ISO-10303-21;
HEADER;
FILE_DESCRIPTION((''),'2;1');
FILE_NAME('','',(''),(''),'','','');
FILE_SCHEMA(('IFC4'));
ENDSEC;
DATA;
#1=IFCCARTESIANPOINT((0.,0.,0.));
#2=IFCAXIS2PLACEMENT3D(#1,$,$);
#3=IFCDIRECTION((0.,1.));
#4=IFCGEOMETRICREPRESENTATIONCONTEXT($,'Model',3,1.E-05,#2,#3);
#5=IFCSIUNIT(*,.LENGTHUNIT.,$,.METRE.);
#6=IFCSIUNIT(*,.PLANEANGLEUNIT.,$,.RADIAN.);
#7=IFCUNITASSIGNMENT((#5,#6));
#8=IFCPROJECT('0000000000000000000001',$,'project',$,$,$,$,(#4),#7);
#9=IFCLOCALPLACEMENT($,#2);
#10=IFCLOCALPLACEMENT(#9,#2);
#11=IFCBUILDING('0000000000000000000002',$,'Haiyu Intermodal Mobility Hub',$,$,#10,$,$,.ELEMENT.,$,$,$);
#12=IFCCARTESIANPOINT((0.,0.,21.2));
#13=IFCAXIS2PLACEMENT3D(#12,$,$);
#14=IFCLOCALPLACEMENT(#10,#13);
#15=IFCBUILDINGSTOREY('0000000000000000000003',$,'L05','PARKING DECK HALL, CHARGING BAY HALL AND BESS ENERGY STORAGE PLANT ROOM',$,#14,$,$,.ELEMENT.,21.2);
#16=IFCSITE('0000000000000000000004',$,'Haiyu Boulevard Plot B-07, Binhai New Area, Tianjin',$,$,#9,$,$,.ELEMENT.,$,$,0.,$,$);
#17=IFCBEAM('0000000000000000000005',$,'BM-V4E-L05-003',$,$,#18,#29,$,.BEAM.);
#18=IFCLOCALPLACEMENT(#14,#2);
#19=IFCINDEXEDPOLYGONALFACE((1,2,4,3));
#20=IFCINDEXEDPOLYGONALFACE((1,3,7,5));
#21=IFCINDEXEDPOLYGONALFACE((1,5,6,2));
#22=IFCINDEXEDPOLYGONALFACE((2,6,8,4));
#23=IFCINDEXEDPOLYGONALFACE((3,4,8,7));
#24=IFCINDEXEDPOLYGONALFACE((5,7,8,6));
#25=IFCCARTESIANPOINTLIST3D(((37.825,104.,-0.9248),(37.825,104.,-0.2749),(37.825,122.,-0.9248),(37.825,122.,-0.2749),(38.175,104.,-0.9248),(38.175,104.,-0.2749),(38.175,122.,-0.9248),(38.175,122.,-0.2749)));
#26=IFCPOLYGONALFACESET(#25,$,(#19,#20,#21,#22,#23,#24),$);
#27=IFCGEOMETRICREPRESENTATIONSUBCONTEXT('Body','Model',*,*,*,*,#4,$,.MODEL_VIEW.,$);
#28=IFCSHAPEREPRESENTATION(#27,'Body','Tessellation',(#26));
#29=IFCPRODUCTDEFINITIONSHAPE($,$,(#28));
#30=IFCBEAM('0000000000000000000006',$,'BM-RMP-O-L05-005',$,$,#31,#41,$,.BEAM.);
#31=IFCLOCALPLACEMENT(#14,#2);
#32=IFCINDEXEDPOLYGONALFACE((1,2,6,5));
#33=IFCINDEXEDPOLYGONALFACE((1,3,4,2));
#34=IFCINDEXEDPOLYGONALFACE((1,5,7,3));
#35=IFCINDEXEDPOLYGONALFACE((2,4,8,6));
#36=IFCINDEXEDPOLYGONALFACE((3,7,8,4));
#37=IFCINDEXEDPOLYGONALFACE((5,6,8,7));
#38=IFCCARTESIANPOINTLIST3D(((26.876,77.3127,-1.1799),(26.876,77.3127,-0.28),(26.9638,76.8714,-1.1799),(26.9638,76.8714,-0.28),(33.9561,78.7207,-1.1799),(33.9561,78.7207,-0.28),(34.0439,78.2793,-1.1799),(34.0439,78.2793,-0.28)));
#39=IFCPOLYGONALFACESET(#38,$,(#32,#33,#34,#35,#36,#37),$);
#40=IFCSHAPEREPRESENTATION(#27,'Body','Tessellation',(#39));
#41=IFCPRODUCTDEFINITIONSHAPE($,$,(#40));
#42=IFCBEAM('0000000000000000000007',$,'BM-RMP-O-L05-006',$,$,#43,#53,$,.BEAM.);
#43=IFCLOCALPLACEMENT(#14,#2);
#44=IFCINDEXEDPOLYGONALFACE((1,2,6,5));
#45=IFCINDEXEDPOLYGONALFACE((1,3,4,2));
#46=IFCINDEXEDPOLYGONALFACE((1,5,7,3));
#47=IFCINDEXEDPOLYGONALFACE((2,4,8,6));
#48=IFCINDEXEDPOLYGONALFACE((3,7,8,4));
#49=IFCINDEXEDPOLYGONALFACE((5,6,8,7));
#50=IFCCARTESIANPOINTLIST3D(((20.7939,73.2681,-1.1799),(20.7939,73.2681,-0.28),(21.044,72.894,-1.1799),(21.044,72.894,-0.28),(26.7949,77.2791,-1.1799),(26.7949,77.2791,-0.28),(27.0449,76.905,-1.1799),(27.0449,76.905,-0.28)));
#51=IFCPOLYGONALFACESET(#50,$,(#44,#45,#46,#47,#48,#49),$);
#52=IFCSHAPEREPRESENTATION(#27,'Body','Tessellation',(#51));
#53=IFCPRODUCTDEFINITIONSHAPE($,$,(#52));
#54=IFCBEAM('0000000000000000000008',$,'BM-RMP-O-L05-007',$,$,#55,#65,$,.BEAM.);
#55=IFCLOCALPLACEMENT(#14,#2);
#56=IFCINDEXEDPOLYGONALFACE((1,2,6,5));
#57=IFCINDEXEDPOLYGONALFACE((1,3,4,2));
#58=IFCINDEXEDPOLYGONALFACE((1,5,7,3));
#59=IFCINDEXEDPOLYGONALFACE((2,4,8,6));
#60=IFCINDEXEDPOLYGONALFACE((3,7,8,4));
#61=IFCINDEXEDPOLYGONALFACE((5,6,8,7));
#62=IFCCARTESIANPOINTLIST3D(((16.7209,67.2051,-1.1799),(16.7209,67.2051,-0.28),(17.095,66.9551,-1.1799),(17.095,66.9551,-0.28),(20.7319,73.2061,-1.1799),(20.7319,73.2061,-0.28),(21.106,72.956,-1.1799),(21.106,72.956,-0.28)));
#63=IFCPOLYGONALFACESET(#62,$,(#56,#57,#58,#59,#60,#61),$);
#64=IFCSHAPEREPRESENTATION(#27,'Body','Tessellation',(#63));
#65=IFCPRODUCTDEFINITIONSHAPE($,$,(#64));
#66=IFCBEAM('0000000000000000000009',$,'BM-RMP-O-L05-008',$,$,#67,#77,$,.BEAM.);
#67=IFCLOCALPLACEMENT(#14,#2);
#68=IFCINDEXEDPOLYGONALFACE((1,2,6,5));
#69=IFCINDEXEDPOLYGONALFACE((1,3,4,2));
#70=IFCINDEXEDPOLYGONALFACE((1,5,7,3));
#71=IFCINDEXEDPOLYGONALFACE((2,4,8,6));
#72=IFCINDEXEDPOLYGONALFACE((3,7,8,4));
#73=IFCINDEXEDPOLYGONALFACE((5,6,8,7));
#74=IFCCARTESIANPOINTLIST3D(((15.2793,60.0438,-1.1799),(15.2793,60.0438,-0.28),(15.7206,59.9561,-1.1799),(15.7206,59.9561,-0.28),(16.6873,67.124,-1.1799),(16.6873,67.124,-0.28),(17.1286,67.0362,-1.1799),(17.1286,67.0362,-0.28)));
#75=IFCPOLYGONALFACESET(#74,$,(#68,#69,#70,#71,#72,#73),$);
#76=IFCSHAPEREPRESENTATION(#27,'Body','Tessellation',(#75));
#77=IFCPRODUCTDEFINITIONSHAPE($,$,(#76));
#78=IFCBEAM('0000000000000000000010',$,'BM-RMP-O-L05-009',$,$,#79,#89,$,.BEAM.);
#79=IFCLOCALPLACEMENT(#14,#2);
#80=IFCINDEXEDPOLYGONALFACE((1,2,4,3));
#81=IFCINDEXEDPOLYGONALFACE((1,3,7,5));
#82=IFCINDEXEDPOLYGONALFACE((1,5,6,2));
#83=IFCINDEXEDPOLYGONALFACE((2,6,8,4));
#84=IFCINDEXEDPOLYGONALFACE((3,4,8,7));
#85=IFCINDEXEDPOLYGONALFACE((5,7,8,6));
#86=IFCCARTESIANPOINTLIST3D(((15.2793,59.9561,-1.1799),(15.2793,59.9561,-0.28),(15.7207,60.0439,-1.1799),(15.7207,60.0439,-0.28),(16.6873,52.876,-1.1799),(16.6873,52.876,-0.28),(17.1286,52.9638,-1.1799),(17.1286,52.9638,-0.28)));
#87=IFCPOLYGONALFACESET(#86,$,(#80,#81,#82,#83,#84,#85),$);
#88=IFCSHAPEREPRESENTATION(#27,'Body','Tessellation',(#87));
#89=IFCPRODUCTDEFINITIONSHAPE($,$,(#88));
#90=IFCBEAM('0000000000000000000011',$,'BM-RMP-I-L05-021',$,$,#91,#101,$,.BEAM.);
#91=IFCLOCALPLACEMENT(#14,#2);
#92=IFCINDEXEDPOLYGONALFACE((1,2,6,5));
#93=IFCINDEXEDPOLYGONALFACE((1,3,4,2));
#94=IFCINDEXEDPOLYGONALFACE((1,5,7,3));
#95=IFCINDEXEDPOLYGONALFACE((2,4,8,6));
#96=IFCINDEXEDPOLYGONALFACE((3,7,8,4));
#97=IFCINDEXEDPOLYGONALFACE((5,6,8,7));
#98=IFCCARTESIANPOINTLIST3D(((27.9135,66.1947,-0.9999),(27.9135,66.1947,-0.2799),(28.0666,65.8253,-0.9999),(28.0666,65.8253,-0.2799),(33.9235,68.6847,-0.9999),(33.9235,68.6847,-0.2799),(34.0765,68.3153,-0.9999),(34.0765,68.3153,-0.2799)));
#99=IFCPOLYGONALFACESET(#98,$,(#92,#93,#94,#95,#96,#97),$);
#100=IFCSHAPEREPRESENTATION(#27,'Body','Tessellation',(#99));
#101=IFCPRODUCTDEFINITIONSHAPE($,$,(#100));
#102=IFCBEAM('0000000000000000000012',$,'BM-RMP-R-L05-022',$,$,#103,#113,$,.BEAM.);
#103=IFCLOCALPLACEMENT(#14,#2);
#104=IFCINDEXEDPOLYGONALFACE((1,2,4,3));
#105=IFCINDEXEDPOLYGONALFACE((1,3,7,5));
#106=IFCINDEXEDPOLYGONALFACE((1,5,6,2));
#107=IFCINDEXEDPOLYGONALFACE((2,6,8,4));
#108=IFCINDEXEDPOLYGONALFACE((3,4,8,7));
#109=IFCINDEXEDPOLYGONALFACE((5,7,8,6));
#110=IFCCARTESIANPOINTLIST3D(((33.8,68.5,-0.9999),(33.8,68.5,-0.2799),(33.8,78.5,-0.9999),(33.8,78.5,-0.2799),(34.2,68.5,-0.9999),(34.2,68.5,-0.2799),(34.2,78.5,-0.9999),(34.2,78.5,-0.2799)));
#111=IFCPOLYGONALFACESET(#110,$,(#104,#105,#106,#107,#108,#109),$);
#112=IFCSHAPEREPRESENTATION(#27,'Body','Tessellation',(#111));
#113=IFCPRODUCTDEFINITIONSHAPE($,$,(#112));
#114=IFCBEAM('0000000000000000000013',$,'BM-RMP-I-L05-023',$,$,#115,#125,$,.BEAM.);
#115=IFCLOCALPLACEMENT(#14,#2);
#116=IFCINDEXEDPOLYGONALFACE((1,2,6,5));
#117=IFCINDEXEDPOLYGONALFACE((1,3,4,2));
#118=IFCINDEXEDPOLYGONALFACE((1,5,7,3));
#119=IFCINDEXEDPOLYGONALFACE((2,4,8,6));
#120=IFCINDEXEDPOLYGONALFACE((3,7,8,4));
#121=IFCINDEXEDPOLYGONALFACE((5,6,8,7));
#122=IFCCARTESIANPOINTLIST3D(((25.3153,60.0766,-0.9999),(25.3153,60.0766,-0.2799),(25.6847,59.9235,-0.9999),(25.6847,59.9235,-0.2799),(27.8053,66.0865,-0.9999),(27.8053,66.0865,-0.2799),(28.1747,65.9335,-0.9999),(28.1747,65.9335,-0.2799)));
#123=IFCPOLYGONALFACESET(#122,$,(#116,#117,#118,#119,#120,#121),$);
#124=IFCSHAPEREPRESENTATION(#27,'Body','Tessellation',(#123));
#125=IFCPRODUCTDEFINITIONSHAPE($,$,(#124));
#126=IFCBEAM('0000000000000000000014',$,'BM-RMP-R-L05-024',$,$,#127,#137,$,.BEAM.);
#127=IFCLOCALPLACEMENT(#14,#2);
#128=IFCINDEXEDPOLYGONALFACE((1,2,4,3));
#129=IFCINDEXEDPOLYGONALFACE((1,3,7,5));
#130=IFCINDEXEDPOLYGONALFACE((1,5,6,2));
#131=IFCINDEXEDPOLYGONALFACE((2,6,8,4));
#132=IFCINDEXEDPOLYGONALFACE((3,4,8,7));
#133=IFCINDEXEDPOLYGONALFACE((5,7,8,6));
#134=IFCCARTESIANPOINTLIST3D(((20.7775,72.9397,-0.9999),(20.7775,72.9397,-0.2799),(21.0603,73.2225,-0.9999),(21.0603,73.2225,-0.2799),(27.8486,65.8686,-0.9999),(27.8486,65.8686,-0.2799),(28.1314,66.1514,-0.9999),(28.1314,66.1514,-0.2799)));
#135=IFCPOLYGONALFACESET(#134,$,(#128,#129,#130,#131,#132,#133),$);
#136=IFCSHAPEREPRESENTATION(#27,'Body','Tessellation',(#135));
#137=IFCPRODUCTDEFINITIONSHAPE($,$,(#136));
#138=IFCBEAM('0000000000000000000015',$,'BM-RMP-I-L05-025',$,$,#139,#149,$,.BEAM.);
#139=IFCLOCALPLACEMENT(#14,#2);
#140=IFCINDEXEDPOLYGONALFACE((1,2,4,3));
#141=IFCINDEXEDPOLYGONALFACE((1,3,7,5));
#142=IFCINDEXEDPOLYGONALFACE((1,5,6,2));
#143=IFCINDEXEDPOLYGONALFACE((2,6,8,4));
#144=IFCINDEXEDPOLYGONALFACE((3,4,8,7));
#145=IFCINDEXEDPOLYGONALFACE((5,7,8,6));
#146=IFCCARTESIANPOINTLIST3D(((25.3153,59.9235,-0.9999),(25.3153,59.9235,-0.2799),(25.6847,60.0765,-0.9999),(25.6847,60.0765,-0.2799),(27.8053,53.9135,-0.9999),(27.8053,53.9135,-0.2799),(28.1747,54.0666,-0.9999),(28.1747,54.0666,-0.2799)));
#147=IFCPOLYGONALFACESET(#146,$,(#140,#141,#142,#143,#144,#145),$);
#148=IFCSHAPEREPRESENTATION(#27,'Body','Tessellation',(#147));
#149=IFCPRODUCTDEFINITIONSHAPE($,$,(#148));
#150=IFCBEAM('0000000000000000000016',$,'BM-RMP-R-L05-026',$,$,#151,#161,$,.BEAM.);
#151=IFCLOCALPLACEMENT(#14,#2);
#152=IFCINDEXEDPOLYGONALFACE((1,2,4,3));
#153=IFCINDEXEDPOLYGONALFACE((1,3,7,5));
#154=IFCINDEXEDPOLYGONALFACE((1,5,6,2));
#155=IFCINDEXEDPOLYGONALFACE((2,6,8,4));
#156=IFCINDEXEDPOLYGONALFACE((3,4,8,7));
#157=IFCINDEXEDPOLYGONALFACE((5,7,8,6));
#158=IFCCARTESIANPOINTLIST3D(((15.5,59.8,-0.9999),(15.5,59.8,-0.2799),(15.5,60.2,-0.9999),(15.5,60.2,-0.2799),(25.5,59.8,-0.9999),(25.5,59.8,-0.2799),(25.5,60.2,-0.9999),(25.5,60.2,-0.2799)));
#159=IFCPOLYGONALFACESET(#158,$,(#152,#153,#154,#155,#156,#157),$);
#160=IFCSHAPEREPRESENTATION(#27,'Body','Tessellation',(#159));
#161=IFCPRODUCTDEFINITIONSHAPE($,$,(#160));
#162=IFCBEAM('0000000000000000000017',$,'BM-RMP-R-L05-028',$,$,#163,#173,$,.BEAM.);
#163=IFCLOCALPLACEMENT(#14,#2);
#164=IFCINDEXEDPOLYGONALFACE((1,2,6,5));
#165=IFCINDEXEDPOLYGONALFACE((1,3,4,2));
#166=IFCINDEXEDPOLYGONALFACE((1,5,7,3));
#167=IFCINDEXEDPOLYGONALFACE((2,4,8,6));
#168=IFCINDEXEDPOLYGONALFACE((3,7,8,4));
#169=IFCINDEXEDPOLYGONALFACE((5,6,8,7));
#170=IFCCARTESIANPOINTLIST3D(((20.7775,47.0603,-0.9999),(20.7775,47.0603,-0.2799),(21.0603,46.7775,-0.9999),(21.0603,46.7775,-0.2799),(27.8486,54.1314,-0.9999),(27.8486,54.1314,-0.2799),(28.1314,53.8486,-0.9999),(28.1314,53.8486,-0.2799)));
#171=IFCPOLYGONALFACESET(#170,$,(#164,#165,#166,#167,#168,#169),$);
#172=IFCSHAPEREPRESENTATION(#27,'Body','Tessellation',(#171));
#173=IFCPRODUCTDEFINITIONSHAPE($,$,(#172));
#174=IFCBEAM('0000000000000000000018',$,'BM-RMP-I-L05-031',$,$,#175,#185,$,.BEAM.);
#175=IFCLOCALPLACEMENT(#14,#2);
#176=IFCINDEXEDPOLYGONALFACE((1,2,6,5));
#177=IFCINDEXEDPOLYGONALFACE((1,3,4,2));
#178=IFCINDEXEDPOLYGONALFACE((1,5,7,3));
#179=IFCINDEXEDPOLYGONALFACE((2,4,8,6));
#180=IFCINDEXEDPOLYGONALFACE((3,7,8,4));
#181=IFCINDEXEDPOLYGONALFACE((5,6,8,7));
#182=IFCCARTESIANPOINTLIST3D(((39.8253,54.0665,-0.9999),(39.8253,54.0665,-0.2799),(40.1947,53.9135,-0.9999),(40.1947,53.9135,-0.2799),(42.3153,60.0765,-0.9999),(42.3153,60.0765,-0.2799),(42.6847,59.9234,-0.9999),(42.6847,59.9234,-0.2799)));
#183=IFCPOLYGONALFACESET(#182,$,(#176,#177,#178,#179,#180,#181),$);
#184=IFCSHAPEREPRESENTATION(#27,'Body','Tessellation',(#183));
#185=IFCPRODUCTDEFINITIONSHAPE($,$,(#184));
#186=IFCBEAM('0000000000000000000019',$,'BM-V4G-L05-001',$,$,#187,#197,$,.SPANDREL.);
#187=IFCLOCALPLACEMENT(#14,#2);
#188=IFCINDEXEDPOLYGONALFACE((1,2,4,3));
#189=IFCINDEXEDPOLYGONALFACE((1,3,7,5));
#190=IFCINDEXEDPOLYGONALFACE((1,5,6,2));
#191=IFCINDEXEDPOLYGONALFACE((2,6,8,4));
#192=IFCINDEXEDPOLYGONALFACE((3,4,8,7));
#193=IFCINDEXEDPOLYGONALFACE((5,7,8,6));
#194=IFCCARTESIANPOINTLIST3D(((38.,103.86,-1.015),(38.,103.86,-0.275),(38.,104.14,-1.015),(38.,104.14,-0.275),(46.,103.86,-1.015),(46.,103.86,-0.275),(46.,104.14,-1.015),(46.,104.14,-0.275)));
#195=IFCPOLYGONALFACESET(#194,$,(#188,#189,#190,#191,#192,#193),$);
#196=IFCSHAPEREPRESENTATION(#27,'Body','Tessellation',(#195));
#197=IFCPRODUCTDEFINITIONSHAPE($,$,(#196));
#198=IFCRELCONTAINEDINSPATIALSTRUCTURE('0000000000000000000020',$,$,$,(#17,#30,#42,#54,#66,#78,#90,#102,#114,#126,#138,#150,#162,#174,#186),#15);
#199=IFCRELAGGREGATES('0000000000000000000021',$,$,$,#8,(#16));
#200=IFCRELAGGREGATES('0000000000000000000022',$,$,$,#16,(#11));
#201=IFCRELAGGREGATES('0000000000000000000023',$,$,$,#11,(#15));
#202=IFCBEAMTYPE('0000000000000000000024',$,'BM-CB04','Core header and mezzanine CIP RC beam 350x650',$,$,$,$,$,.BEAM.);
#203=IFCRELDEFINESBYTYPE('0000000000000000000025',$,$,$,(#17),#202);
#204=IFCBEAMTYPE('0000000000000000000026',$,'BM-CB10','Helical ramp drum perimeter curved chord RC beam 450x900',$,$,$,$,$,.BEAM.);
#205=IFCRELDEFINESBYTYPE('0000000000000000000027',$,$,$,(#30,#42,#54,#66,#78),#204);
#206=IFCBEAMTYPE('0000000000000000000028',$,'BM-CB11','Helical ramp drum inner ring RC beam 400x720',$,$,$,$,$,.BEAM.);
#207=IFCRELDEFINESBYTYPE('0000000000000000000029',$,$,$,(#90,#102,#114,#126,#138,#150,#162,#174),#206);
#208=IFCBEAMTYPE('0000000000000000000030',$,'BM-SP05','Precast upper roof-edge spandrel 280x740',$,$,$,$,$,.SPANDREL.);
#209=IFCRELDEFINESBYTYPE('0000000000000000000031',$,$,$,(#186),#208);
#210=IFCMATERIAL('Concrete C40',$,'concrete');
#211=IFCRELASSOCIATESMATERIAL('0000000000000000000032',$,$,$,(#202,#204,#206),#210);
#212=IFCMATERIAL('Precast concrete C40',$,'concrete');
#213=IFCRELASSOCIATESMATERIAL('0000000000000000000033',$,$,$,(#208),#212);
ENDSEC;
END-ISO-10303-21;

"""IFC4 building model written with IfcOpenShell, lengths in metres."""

from ifc_helpers import new_model, si_unit, direction, frame, origin, origin_2d, place, context, subcontext, project, spatial, rectangle, extrude, material, material_profile, profile_set, type_object, element, save


model = new_model("IFC4")

# Units and contexts
model_context = context("Model", 3, precision=1e-05, world=origin(), true_north=direction((0.0, 1.0)))
body_context = subcontext(model_context, "Body", "Model", "MODEL_VIEW")
ifc_project = project(units=[si_unit("LENGTHUNIT", "METRE"), si_unit("PLANEANGLEUNIT", "RADIAN")], contexts=[model_context])

# Site, building, storey
site_placement = place(None, origin())
site = spatial("IfcSite", under=ifc_project, at=site_placement, Name="Haiyu Boulevard Plot B-07, Binhai New Area, Tianjin", CompositionType="ELEMENT", RefElevation=0.0)
building_placement = place(site_placement, origin())
building = spatial("IfcBuilding", under=site, at=building_placement, Name="Haiyu Intermodal Mobility Hub", CompositionType="ELEMENT")
storey_placement = place(building_placement, frame((0.0, 0.0, 21.2)))
storey = spatial("IfcBuildingStorey", under=building, at=storey_placement, Name="L05", Description="PARKING DECK HALL, CHARGING BAY HALL AND BESS ENERGY STORAGE PLANT ROOM", CompositionType="ELEMENT", Elevation=21.2)

# Shared definitions
ifc_material_1 = material(Name="Precast concrete C40", Category="concrete")
ifc_material_2 = material(Name="Concrete C40", Category="concrete")

# Beams
ifc_material_profile_1 = material_profile(ifc_material_2, rectangle(XDim=0.3501, YDim=0.6499, at=origin_2d()), Name="RCB350x650")
ifc_profile_set_1 = profile_set([ifc_material_profile_1], Name="Concrete C40")
beam_type_1 = type_object("IfcBeamType", Name="BM-CB04", Description="Core header and mezzanine CIP RC beam 350x650", PredefinedType="BEAM", material=ifc_profile_set_1)
beam_1_placement = place(storey_placement, frame((38.0, 104.0, -0.5999), z_axis=(0.0, 1.0, 0.0), x_axis=(-1.0, 0.0, 0.0)))
element("IfcBeam", 1, at=beam_1_placement, inside=storey, type_object=beam_type_1, Name="BM-V4E-L05-003", PredefinedType="BEAM", context=body_context, shape_type="SweptSolid", body=[
    extrude(rectangle(XDim=0.3501, YDim=0.6499, at=origin_2d()), origin(), (0.0, 0.0, 1.0), 18.0),
])
ifc_material_profile_2 = material_profile(ifc_material_2, rectangle(XDim=0.45, YDim=0.8999, at=origin_2d()), Name="RCB450x900")
ifc_profile_set_2 = profile_set([ifc_material_profile_2], Name="Concrete C40")
beam_type_2 = type_object("IfcBeamType", Name="BM-CB10", Description="Helical ramp drum perimeter curved chord RC beam 450x900", PredefinedType="BEAM", material=ifc_profile_set_2)
beam_2_placement = place(storey_placement, frame((34.0, 78.5, -0.73), z_axis=(-0.980795, -0.195043, 0.0), x_axis=(0.195043, -0.980795, 0.0)))
element("IfcBeam", 2, at=beam_2_placement, inside=storey, type_object=beam_type_2, Name="BM-RMP-O-L05-005", PredefinedType="BEAM", context=body_context, shape_type="SweptSolid", body=[
    extrude(rectangle(XDim=0.45, YDim=0.8999, at=origin_2d()), origin(), (0.0, 0.0, 1.0), 7.2188),
])
for number, where, z_axis, x_axis, name in (
    (3, (26.9199, 77.092, -0.73), (-0.831389, -0.555691, 0.0), (0.555691, -0.831389, 0.0), "BM-RMP-O-L05-006"),
    (4, (20.9189, 73.0811, -0.73), (-0.555691, -0.831389, 0.0), (0.831389, -0.555691, 0.0), "BM-RMP-O-L05-007"),
):
    element("IfcBeam", number, at=place(storey_placement, frame(where, z_axis=z_axis, x_axis=x_axis)), inside=storey, type_object=beam_type_2, Name=name, PredefinedType="BEAM", context=body_context, shape_type="SweptSolid", body=[
        extrude(rectangle(XDim=0.45, YDim=0.8999, at=origin_2d()), origin(), (0.0, 0.0, 1.0), 7.218),
    ])
for number, where, z_axis, x_axis, name in (
    (5, (16.908, 67.0801, -0.73), (-0.195043, -0.980795, 0.0), (0.980795, -0.195043, 0.0), "BM-RMP-O-L05-008"),
    (6, (15.5, 60.0, -0.73), (0.195043, -0.980795, 0.0), (0.980795, 0.195043, 0.0), "BM-RMP-O-L05-009"),
):
    element("IfcBeam", number, at=place(storey_placement, frame(where, z_axis=z_axis, x_axis=x_axis)), inside=storey, type_object=beam_type_2, Name=name, PredefinedType="BEAM", context=body_context, shape_type="SweptSolid", body=[
        extrude(rectangle(XDim=0.45, YDim=0.8999, at=origin_2d()), origin(), (0.0, 0.0, 1.0), 7.2188),
    ])
ifc_material_profile_3 = material_profile(ifc_material_2, rectangle(XDim=0.3999, YDim=0.72, at=origin_2d()), Name="RCB400x720")
ifc_profile_set_3 = profile_set([ifc_material_profile_3], Name="Concrete C40")
beam_type_3 = type_object("IfcBeamType", Name="BM-CB11", Description="Helical ramp drum inner ring RC beam 400x720", PredefinedType="BEAM", material=ifc_profile_set_3)
beam_3_placement = place(storey_placement, frame((34.0, 68.5, -0.6399), z_axis=(-0.923849, -0.382757, 0.0), x_axis=(0.382757, -0.923849, 0.0)))
element("IfcBeam", 7, at=beam_3_placement, inside=storey, type_object=beam_type_3, Name="BM-RMP-I-L05-021", PredefinedType="BEAM", context=body_context, shape_type="SweptSolid", body=[
    extrude(rectangle(XDim=0.3999, YDim=0.72, at=origin_2d()), origin(), (0.0, 0.0, 1.0), 6.5054),
])
beam_4_placement = place(storey_placement, frame((34.0, 68.5, -0.6399), z_axis=(0.0, 1.0, 0.0), x_axis=(-1.0, 0.0, 0.0)))
element("IfcBeam", 8, at=beam_4_placement, inside=storey, type_object=beam_type_3, Name="BM-RMP-R-L05-022", PredefinedType="BEAM", context=body_context, shape_type="SweptSolid", body=[
    extrude(rectangle(XDim=0.3999, YDim=0.72, at=origin_2d()), origin(), (0.0, 0.0, 1.0), 10.0),
])
beam_5_placement = place(storey_placement, frame((27.99, 66.01, -0.6399), z_axis=(-0.382757, -0.923849, 0.0), x_axis=(0.923849, -0.382757, 0.0)))
element("IfcBeam", 9, at=beam_5_placement, inside=storey, type_object=beam_type_3, Name="BM-RMP-I-L05-023", PredefinedType="BEAM", context=body_context, shape_type="SweptSolid", body=[
    extrude(rectangle(XDim=0.3999, YDim=0.72, at=origin_2d()), origin(), (0.0, 0.0, 1.0), 6.5054),
])
beam_6_placement = place(storey_placement, frame((27.99, 66.01, -0.6399), z_axis=(-0.707107, 0.707107, 0.0), x_axis=(-0.707107, -0.707107, 0.0)))
element("IfcBeam", 10, at=beam_6_placement, inside=storey, type_object=beam_type_3, Name="BM-RMP-R-L05-024", PredefinedType="BEAM", context=body_context, shape_type="SweptSolid", body=[
    extrude(rectangle(XDim=0.3999, YDim=0.72, at=origin_2d()), origin(), (0.0, 0.0, 1.0), 10.0),
])
beam_7_placement = place(storey_placement, frame((25.5, 60.0, -0.6399), z_axis=(0.382757, -0.923849, 0.0), x_axis=(0.923849, 0.382757, 0.0)))
element("IfcBeam", 11, at=beam_7_placement, inside=storey, type_object=beam_type_3, Name="BM-RMP-I-L05-025", PredefinedType="BEAM", context=body_context, shape_type="SweptSolid", body=[
    extrude(rectangle(XDim=0.3999, YDim=0.72, at=origin_2d()), origin(), (0.0, 0.0, 1.0), 6.5054),
])
for number, where, z_axis, x_axis, name in (
    (12, (25.5, 60.0, -0.6399), (-1.0, 0.0, 0.0), (0.0, -1.0, 0.0), "BM-RMP-R-L05-026"),
    (13, (27.99, 53.99, -0.6399), (-0.707107, -0.707107, 0.0), (0.707107, -0.707107, 0.0), "BM-RMP-R-L05-028"),
):
    element("IfcBeam", number, at=place(storey_placement, frame(where, z_axis=z_axis, x_axis=x_axis)), inside=storey, type_object=beam_type_3, Name=name, PredefinedType="BEAM", context=body_context, shape_type="SweptSolid", body=[
        extrude(rectangle(XDim=0.3999, YDim=0.72, at=origin_2d()), origin(), (0.0, 0.0, 1.0), 10.0),
    ])
beam_8_placement = place(storey_placement, frame((40.01, 53.99, -0.6399), z_axis=(0.382757, 0.923849, 0.0), x_axis=(-0.923849, 0.382757, 0.0)))
element("IfcBeam", 14, at=beam_8_placement, inside=storey, type_object=beam_type_3, Name="BM-RMP-I-L05-031", PredefinedType="BEAM", context=body_context, shape_type="SweptSolid", body=[
    extrude(rectangle(XDim=0.3999, YDim=0.72, at=origin_2d()), origin(), (0.0, 0.0, 1.0), 6.5054),
])
ifc_material_profile_4 = material_profile(ifc_material_1, rectangle(XDim=0.28, YDim=0.74, at=origin_2d()), Name="B280x740")
ifc_profile_set_4 = profile_set([ifc_material_profile_4], Name="Precast concrete C40")
beam_type_4 = type_object("IfcBeamType", Name="BM-SP05", Description="Precast upper roof-edge spandrel 280x740", PredefinedType="SPANDREL", material=ifc_profile_set_4)
beam_9_placement = place(storey_placement, frame((38.0, 104.0, -0.645), z_axis=(1.0, 0.0, 0.0), x_axis=(0.0, 1.0, 0.0)))
element("IfcBeam", 15, at=beam_9_placement, inside=storey, type_object=beam_type_4, Name="BM-V4G-L05-001", PredefinedType="SPANDREL", context=body_context, shape_type="SweptSolid", body=[
    extrude(rectangle(XDim=0.28, YDim=0.74, at=origin_2d()), origin(), (0.0, 0.0, 1.0), 8.0),
])

save(model, "model.ifc")
